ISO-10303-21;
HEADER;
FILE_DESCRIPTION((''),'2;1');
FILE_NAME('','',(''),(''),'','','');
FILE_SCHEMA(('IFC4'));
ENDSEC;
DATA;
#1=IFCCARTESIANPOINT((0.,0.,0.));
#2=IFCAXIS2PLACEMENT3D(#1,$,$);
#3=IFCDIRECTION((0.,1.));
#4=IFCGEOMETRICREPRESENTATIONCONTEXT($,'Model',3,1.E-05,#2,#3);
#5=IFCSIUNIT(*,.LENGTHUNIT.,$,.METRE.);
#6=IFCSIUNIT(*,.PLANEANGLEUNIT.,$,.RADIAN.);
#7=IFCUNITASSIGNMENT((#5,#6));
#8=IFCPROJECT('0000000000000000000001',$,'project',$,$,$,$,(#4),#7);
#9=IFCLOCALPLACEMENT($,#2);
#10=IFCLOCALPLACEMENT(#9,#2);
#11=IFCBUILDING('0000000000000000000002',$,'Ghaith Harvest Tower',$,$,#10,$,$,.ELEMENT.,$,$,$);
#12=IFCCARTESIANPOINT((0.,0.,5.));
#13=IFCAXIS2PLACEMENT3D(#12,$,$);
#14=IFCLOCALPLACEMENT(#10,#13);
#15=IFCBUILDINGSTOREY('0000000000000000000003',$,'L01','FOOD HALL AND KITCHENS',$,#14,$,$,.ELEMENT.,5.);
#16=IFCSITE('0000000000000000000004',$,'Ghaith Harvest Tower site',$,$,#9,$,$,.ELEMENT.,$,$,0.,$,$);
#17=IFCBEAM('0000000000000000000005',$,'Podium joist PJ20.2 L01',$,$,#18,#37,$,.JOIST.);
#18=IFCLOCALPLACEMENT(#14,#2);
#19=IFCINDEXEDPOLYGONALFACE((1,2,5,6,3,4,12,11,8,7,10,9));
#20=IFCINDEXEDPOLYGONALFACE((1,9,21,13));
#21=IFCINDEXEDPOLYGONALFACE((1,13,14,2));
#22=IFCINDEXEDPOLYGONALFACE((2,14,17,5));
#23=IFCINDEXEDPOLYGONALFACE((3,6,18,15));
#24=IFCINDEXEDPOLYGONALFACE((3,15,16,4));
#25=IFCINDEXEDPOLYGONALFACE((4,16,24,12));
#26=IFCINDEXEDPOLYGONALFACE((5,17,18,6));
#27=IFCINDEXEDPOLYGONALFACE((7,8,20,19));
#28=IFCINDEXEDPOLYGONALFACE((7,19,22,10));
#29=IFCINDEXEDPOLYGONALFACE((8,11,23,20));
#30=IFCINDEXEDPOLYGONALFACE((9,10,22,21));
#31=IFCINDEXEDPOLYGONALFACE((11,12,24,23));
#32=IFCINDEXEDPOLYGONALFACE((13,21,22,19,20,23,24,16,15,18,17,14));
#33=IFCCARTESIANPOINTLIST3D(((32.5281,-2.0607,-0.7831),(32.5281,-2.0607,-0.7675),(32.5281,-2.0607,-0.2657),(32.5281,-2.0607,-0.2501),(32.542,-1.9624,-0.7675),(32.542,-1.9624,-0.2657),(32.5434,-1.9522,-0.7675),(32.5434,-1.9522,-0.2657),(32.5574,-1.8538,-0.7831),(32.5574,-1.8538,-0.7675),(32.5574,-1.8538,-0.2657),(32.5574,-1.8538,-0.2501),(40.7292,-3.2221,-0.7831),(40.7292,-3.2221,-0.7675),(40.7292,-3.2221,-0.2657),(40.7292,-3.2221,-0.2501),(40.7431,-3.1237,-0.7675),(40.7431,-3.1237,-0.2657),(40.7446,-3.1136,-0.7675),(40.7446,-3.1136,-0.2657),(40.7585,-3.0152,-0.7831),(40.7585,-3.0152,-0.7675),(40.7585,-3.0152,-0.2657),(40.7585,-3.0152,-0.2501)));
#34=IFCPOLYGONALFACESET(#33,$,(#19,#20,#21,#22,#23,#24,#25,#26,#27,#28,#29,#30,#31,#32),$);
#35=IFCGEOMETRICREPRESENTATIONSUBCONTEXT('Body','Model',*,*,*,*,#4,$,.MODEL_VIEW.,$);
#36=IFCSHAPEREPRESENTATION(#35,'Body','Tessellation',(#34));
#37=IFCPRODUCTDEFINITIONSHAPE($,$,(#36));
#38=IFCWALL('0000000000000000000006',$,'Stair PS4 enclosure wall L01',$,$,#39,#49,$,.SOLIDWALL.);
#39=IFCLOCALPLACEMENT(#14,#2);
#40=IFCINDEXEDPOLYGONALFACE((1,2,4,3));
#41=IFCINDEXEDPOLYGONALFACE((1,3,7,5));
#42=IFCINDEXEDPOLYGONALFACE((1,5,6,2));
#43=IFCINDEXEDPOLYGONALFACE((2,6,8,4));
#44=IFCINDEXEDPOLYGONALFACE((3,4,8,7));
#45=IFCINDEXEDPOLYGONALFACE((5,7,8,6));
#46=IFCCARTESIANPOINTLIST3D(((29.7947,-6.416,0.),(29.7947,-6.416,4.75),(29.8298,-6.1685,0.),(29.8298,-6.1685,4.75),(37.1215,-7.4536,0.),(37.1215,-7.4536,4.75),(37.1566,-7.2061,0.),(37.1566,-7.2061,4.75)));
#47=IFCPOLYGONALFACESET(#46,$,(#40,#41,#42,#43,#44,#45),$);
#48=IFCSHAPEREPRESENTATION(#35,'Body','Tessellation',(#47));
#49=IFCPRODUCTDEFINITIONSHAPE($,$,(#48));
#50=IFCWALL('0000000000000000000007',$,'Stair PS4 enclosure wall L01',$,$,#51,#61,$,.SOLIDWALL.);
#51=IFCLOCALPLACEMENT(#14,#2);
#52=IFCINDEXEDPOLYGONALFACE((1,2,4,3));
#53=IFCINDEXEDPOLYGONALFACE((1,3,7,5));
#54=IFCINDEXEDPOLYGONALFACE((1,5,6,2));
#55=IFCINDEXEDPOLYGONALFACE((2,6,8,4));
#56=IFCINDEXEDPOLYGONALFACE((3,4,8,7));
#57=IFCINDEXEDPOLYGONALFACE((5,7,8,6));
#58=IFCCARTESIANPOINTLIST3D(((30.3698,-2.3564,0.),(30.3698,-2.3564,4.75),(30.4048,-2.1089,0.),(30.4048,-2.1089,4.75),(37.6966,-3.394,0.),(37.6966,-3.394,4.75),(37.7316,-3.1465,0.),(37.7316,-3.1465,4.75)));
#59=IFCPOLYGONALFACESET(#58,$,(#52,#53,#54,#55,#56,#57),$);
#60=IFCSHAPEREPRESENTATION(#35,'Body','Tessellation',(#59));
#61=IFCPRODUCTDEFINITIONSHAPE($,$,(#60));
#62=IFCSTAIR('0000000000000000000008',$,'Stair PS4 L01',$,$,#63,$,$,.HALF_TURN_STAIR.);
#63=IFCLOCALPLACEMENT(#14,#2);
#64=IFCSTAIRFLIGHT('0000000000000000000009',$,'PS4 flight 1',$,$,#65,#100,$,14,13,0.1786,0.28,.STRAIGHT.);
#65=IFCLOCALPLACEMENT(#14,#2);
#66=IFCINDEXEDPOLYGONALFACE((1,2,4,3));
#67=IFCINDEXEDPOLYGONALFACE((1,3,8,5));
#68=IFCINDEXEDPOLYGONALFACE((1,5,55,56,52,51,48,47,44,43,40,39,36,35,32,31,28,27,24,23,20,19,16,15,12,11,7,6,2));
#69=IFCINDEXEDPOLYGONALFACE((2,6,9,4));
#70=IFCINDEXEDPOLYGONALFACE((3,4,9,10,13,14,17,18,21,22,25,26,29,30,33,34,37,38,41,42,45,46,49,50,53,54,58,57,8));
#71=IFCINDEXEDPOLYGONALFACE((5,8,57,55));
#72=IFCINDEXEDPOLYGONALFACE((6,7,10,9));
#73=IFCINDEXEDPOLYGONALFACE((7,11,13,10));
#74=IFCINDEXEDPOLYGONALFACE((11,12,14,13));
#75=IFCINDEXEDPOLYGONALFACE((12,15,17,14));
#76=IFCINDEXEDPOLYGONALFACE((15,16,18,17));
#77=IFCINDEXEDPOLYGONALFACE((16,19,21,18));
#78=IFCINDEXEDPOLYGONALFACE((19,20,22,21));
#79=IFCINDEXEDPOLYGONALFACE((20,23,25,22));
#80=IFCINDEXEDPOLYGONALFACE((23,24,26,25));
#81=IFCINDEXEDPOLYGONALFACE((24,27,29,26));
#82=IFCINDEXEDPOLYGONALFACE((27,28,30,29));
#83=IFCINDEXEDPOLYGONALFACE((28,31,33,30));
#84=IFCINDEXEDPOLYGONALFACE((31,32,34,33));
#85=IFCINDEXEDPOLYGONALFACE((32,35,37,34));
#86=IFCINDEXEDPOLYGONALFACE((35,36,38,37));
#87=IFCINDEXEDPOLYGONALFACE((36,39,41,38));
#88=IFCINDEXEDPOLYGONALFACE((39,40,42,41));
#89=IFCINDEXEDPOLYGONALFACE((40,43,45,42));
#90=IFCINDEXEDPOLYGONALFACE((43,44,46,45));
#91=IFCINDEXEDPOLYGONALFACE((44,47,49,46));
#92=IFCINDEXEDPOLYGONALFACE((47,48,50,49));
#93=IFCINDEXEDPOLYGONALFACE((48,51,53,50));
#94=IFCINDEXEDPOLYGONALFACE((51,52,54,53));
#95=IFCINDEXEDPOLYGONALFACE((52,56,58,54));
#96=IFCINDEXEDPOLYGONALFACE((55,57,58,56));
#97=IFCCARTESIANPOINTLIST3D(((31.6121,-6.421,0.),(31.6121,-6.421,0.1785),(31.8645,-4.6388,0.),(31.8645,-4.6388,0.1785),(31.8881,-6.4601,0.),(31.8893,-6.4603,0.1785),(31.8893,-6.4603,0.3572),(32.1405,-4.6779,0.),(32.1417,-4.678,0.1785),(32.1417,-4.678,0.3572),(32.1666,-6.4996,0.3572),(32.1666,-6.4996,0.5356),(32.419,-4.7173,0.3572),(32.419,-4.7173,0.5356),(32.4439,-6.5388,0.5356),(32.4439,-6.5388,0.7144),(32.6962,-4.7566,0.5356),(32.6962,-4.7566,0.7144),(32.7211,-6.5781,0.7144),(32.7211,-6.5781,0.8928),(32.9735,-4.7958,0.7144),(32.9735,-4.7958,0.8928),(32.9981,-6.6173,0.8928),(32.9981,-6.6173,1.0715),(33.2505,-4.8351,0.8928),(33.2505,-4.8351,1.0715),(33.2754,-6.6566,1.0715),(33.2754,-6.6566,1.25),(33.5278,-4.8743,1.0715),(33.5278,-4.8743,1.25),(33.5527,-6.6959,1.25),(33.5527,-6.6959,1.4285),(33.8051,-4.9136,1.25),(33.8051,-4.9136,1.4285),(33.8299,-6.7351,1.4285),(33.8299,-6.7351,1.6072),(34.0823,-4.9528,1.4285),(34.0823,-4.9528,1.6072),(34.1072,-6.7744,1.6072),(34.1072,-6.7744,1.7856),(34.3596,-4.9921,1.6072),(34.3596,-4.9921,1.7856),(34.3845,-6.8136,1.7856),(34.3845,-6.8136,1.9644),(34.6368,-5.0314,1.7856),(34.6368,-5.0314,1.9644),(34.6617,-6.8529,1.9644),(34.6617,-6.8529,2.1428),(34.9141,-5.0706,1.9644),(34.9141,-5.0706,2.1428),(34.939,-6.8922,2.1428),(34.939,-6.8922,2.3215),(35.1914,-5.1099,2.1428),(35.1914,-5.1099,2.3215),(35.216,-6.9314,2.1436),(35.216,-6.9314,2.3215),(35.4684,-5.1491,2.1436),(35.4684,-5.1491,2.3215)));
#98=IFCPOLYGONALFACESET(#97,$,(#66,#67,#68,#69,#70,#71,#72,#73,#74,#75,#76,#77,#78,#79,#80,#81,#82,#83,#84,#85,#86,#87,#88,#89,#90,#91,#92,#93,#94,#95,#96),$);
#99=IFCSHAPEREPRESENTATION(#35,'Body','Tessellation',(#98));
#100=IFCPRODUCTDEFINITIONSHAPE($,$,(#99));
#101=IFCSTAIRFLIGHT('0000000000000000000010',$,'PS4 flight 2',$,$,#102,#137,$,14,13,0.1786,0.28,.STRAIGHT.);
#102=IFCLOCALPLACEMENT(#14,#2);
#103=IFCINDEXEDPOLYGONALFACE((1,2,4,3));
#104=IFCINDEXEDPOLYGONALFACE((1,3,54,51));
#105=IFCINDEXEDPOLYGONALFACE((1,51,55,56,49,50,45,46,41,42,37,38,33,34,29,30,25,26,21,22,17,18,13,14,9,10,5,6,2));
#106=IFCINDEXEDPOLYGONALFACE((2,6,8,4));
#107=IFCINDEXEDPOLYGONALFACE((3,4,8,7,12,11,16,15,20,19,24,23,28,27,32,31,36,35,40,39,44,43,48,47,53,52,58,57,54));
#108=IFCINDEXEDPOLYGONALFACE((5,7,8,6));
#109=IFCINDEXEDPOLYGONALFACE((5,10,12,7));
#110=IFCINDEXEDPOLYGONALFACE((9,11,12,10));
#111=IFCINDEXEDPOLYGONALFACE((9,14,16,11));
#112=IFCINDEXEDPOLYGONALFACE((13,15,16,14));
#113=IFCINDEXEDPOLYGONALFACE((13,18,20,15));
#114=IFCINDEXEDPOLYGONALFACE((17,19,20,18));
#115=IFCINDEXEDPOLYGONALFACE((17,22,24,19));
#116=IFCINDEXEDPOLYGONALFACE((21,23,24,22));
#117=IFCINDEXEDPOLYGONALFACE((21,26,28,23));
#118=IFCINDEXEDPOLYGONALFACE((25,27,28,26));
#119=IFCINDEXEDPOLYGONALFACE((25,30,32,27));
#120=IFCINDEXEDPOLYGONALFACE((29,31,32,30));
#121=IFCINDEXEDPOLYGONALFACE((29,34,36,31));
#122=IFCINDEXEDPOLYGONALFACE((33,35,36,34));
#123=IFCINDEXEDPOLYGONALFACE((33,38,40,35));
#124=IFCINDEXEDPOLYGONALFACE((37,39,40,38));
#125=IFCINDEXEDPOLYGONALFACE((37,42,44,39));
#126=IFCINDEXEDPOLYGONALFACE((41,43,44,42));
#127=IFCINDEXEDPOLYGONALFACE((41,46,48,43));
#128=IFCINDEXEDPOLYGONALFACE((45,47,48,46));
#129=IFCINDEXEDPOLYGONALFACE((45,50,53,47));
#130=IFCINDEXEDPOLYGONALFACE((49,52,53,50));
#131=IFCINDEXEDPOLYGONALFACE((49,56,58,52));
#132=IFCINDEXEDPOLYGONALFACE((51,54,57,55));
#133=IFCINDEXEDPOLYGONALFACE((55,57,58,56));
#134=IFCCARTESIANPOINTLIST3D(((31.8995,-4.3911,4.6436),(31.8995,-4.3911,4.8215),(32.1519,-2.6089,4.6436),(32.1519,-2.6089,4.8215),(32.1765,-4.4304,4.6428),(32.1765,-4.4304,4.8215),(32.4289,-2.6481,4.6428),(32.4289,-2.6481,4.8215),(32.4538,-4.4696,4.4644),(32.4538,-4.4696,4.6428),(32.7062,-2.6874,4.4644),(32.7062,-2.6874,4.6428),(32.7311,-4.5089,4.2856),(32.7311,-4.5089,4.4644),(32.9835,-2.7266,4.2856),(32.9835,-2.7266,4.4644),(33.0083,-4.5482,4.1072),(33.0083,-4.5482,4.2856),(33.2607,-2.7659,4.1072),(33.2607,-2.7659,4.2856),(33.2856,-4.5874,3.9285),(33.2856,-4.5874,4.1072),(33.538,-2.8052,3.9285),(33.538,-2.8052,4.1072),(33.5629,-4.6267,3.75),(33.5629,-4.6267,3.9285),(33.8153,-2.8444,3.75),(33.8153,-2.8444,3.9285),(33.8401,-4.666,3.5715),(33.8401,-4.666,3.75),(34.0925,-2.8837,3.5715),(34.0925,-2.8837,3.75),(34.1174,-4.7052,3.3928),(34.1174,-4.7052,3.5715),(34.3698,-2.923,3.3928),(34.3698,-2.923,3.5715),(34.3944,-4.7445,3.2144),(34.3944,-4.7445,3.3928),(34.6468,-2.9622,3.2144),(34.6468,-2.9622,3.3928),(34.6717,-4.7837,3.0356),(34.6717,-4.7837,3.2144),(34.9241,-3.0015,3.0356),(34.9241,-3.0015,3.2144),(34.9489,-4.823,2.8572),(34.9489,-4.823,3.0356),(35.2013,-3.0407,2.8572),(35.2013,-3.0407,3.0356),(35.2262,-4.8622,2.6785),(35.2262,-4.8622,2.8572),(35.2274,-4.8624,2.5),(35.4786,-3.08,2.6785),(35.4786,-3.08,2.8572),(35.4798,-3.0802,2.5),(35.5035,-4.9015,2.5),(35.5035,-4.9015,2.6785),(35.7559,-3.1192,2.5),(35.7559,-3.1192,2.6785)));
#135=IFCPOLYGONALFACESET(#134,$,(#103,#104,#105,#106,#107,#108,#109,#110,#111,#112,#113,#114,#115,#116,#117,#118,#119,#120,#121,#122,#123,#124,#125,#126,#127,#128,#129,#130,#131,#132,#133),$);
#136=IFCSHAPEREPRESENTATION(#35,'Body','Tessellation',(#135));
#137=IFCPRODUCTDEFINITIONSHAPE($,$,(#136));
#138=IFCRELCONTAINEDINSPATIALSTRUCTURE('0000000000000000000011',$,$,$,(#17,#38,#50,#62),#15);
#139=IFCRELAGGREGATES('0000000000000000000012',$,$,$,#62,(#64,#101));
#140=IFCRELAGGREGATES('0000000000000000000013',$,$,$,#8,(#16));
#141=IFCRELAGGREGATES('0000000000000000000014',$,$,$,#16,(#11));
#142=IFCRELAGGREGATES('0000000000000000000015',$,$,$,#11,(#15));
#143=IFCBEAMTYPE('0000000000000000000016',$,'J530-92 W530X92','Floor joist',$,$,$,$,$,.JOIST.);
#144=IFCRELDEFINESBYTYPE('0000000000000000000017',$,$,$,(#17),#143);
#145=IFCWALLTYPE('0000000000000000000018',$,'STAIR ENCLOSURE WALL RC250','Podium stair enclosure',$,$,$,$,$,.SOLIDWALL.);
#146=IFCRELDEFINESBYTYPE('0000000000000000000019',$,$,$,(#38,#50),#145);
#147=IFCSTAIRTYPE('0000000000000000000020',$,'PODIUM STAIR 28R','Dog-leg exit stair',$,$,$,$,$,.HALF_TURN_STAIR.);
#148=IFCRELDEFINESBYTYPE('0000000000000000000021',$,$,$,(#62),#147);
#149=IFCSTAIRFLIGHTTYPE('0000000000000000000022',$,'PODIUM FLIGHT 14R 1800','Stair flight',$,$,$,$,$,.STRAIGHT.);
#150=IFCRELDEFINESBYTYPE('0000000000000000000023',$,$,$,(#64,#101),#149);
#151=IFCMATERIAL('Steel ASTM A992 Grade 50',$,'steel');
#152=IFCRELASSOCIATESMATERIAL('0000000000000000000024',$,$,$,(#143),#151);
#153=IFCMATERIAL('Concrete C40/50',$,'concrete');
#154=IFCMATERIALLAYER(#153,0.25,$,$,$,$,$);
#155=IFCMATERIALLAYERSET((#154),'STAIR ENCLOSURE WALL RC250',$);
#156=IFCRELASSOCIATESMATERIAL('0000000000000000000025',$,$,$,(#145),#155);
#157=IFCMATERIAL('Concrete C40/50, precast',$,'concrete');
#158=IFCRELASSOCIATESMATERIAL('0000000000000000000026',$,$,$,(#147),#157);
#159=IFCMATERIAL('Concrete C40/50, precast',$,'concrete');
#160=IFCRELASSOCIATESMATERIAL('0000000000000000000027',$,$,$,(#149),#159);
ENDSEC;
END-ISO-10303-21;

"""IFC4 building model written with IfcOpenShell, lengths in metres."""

from ifc_helpers import new_model, si_unit, direction, frame, frame_2d, origin, origin_2d, place, context, subcontext, project, spatial, polyline, rectangle, i_section, outline, extrude, material, layer, layer_set, material_profile, profile_set, type_object, element, aggregate, save


model = new_model("IFC4")

# Units and contexts
model_context = context("Model", 3, precision=1e-05, world=origin(), true_north=direction((0.0, 1.0)))
body_context = subcontext(model_context, "Body", "Model", "MODEL_VIEW")
ifc_project = project(units=[si_unit("LENGTHUNIT", "METRE"), si_unit("PLANEANGLEUNIT", "RADIAN")], contexts=[model_context])

# Site, building, storey
site_placement = place(None, origin())
site = spatial("IfcSite", under=ifc_project, at=site_placement, Name="Ghaith Harvest Tower site", CompositionType="ELEMENT", RefElevation=0.0)
building_placement = place(site_placement, origin())
building = spatial("IfcBuilding", under=site, at=building_placement, Name="Ghaith Harvest Tower", CompositionType="ELEMENT")
storey_placement = place(building_placement, frame((0.0, 0.0, 5.0)))
storey = spatial("IfcBuildingStorey", under=building, at=storey_placement, Name="L01", Description="FOOD HALL AND KITCHENS", CompositionType="ELEMENT", Elevation=5.0)

# Beam
ifc_material_1 = material(Name="Steel ASTM A992 Grade 50", Category="steel")
ifc_material_profile_1 = material_profile(ifc_material_1, i_section(OverallWidth=0.209, OverallDepth=0.533, WebThickness=0.0103, FlangeThickness=0.0156, at=origin_2d()), Name="W530X92")
ifc_profile_set_1 = profile_set([ifc_material_profile_1], Name="Steel ASTM A992 Grade 50")
beam_type_1 = type_object("IfcBeamType", Name="J530-92 W530X92", Description="Floor joist", PredefinedType="JOIST", material=ifc_profile_set_1)
beam_1_placement = place(storey_placement, frame((32.5427, -1.9573, -0.5166), z_axis=(0.990121, -0.140212, 0.0), x_axis=(0.140212, 0.990121, 0.0)))
element("IfcBeam", 1, at=beam_1_placement, inside=storey, type_object=beam_type_1, Name="Podium joist PJ20.2 L01", PredefinedType="JOIST", context=body_context, shape_type="SweptSolid", body=[
    extrude(i_section(OverallWidth=0.209, OverallDepth=0.533, WebThickness=0.0103, FlangeThickness=0.0156, at=origin_2d()), origin(), (0.0, 0.0, 1.0), 8.283),
])

# Shared definitions
ifc_material_2 = material(Name="Concrete C40/50", Category="concrete")
ifc_layer = layer(ifc_material_2, 0.25)
ifc_layer_set = layer_set([ifc_layer], Name="STAIR ENCLOSURE WALL RC250")
wall_type = type_object("IfcWallType", Name="STAIR ENCLOSURE WALL RC250", Description="Podium stair enclosure", PredefinedType="SOLIDWALL", material=ifc_layer_set)

# Walls
for number, where, z_axis, x_axis, name in (
    (2, (29.8123, -6.2922, 0.0), (0.0, 0.0, 1.0), (0.990121, -0.140216, 0.0), "Stair PS4 enclosure wall L01"),
    (3, (37.7141, -3.2703, 0.0), (0.0, 0.0, 1.0), (-0.990121, 0.140216, 0.0), "Stair PS4 enclosure wall L01"),
):
    element("IfcWall", number, at=place(storey_placement, frame(where, z_axis=z_axis, x_axis=x_axis)), inside=storey, type_object=wall_type, Name=name, PredefinedType="SOLIDWALL", context=body_context, shape_type="SweptSolid", body=[
        extrude(rectangle(XDim=7.3999, YDim=0.25, at=frame_2d((3.7, 0.0))), origin(), (0.0, 0.0, 1.0), 4.75),
    ])

# Stair, stair flights
ifc_material_3 = material(Name="Concrete C40/50, precast", Category="concrete")
stair_type = type_object("IfcStairType", Name="PODIUM STAIR 28R", Description="Dog-leg exit stair", PredefinedType="HALF_TURN_STAIR", material=ifc_material_3)
stair_placement = place(storey_placement, origin())
stair = element("IfcStair", 4, at=stair_placement, inside=storey, type_object=stair_type, Name="Stair PS4 L01", PredefinedType="HALF_TURN_STAIR")
ifc_material_4 = material(Name="Concrete C40/50, precast", Category="concrete")
stair_flight_type = type_object("IfcStairFlightType", Name="PODIUM FLIGHT 14R 1800", Description="Stair flight", PredefinedType="STRAIGHT", material=ifc_material_4)
stair_flight_1_placement = place(storey_placement, frame((31.7383, -5.5298, 0.0), z_axis=(0.0, 0.0, 1.0), x_axis=(0.990121, -0.140213, 0.0)))
stair_flight_1 = element("IfcStairFlight", 5, at=stair_flight_1_placement, type_object=stair_flight_type, Name="PS4 flight 1", NumberOfRisers=14, NumberOfTreads=13, PredefinedType="STRAIGHT", RiserHeight=0.1786, TreadLength=0.28, context=body_context, shape_type="SweptSolid", body=[
    extrude(outline(polyline([(0.0, 0.0), (0.0, 0.1785), (0.28, 0.1785), (0.28, 0.3572), (0.5601, 0.3572), (0.5601, 0.5356), (0.8401, 0.5356), (0.8401, 0.7144), (1.1201, 0.7144), (1.1201, 0.8928), (1.3999, 0.8928), (1.3999, 1.0715), (1.6799, 1.0715), (1.6799, 1.25), (1.96, 1.25), (1.96, 1.4285), (2.24, 1.4285), (2.24, 1.6072), (2.52, 1.6072), (2.52, 1.7856), (2.8, 1.7856), (2.8, 1.9644), (3.0801, 1.9644), (3.0801, 2.1428), (3.3601, 2.1428), (3.3601, 2.3215), (3.6399, 2.3215), (3.6399, 2.5), (3.6399, 2.1436), (0.2788, 0.0), (0.0, 0.0)])), frame((0.0, 0.8999, 0.0), z_axis=(0.0, -1.0, 0.0), x_axis=(1.0, 0.0, 0.0)), (0.0, 0.0, 1.0), 1.8),
])
stair_flight_2_placement = place(storey_placement, frame((35.6296, -4.0105, 2.5), z_axis=(0.0, 0.0, 1.0), x_axis=(-0.990121, 0.140213, 0.0)))
stair_flight_2 = element("IfcStairFlight", 6, at=stair_flight_2_placement, type_object=stair_flight_type, Name="PS4 flight 2", NumberOfRisers=14, NumberOfTreads=13, PredefinedType="STRAIGHT", RiserHeight=0.1786, TreadLength=0.28, context=body_context, shape_type="SweptSolid", body=[
    extrude(outline(polyline([(0.0, 0.0), (0.0, 0.1785), (0.28, 0.1785), (0.28, 0.3572), (0.5601, 0.3572), (0.5601, 0.5356), (0.8401, 0.5356), (0.8401, 0.7144), (1.1201, 0.7144), (1.1201, 0.8928), (1.3999, 0.8928), (1.3999, 1.0715), (1.6799, 1.0715), (1.6799, 1.25), (1.96, 1.25), (1.96, 1.4285), (2.24, 1.4285), (2.24, 1.6072), (2.52, 1.6072), (2.52, 1.7856), (2.8, 1.7856), (2.8, 1.9644), (3.0801, 1.9644), (3.0801, 2.1428), (3.3601, 2.1428), (3.3601, 2.3215), (3.6399, 2.3215), (3.6399, 2.5), (3.6399, 2.1436), (0.2788, 0.0), (0.0, 0.0)])), frame((0.0, 0.8999, 0.0), z_axis=(0.0, -1.0, 0.0), x_axis=(1.0, 0.0, 0.0)), (0.0, 0.0, 1.0), 1.8),
])
aggregate(stair, [stair_flight_1, stair_flight_2])

save(model, "model.ifc")
